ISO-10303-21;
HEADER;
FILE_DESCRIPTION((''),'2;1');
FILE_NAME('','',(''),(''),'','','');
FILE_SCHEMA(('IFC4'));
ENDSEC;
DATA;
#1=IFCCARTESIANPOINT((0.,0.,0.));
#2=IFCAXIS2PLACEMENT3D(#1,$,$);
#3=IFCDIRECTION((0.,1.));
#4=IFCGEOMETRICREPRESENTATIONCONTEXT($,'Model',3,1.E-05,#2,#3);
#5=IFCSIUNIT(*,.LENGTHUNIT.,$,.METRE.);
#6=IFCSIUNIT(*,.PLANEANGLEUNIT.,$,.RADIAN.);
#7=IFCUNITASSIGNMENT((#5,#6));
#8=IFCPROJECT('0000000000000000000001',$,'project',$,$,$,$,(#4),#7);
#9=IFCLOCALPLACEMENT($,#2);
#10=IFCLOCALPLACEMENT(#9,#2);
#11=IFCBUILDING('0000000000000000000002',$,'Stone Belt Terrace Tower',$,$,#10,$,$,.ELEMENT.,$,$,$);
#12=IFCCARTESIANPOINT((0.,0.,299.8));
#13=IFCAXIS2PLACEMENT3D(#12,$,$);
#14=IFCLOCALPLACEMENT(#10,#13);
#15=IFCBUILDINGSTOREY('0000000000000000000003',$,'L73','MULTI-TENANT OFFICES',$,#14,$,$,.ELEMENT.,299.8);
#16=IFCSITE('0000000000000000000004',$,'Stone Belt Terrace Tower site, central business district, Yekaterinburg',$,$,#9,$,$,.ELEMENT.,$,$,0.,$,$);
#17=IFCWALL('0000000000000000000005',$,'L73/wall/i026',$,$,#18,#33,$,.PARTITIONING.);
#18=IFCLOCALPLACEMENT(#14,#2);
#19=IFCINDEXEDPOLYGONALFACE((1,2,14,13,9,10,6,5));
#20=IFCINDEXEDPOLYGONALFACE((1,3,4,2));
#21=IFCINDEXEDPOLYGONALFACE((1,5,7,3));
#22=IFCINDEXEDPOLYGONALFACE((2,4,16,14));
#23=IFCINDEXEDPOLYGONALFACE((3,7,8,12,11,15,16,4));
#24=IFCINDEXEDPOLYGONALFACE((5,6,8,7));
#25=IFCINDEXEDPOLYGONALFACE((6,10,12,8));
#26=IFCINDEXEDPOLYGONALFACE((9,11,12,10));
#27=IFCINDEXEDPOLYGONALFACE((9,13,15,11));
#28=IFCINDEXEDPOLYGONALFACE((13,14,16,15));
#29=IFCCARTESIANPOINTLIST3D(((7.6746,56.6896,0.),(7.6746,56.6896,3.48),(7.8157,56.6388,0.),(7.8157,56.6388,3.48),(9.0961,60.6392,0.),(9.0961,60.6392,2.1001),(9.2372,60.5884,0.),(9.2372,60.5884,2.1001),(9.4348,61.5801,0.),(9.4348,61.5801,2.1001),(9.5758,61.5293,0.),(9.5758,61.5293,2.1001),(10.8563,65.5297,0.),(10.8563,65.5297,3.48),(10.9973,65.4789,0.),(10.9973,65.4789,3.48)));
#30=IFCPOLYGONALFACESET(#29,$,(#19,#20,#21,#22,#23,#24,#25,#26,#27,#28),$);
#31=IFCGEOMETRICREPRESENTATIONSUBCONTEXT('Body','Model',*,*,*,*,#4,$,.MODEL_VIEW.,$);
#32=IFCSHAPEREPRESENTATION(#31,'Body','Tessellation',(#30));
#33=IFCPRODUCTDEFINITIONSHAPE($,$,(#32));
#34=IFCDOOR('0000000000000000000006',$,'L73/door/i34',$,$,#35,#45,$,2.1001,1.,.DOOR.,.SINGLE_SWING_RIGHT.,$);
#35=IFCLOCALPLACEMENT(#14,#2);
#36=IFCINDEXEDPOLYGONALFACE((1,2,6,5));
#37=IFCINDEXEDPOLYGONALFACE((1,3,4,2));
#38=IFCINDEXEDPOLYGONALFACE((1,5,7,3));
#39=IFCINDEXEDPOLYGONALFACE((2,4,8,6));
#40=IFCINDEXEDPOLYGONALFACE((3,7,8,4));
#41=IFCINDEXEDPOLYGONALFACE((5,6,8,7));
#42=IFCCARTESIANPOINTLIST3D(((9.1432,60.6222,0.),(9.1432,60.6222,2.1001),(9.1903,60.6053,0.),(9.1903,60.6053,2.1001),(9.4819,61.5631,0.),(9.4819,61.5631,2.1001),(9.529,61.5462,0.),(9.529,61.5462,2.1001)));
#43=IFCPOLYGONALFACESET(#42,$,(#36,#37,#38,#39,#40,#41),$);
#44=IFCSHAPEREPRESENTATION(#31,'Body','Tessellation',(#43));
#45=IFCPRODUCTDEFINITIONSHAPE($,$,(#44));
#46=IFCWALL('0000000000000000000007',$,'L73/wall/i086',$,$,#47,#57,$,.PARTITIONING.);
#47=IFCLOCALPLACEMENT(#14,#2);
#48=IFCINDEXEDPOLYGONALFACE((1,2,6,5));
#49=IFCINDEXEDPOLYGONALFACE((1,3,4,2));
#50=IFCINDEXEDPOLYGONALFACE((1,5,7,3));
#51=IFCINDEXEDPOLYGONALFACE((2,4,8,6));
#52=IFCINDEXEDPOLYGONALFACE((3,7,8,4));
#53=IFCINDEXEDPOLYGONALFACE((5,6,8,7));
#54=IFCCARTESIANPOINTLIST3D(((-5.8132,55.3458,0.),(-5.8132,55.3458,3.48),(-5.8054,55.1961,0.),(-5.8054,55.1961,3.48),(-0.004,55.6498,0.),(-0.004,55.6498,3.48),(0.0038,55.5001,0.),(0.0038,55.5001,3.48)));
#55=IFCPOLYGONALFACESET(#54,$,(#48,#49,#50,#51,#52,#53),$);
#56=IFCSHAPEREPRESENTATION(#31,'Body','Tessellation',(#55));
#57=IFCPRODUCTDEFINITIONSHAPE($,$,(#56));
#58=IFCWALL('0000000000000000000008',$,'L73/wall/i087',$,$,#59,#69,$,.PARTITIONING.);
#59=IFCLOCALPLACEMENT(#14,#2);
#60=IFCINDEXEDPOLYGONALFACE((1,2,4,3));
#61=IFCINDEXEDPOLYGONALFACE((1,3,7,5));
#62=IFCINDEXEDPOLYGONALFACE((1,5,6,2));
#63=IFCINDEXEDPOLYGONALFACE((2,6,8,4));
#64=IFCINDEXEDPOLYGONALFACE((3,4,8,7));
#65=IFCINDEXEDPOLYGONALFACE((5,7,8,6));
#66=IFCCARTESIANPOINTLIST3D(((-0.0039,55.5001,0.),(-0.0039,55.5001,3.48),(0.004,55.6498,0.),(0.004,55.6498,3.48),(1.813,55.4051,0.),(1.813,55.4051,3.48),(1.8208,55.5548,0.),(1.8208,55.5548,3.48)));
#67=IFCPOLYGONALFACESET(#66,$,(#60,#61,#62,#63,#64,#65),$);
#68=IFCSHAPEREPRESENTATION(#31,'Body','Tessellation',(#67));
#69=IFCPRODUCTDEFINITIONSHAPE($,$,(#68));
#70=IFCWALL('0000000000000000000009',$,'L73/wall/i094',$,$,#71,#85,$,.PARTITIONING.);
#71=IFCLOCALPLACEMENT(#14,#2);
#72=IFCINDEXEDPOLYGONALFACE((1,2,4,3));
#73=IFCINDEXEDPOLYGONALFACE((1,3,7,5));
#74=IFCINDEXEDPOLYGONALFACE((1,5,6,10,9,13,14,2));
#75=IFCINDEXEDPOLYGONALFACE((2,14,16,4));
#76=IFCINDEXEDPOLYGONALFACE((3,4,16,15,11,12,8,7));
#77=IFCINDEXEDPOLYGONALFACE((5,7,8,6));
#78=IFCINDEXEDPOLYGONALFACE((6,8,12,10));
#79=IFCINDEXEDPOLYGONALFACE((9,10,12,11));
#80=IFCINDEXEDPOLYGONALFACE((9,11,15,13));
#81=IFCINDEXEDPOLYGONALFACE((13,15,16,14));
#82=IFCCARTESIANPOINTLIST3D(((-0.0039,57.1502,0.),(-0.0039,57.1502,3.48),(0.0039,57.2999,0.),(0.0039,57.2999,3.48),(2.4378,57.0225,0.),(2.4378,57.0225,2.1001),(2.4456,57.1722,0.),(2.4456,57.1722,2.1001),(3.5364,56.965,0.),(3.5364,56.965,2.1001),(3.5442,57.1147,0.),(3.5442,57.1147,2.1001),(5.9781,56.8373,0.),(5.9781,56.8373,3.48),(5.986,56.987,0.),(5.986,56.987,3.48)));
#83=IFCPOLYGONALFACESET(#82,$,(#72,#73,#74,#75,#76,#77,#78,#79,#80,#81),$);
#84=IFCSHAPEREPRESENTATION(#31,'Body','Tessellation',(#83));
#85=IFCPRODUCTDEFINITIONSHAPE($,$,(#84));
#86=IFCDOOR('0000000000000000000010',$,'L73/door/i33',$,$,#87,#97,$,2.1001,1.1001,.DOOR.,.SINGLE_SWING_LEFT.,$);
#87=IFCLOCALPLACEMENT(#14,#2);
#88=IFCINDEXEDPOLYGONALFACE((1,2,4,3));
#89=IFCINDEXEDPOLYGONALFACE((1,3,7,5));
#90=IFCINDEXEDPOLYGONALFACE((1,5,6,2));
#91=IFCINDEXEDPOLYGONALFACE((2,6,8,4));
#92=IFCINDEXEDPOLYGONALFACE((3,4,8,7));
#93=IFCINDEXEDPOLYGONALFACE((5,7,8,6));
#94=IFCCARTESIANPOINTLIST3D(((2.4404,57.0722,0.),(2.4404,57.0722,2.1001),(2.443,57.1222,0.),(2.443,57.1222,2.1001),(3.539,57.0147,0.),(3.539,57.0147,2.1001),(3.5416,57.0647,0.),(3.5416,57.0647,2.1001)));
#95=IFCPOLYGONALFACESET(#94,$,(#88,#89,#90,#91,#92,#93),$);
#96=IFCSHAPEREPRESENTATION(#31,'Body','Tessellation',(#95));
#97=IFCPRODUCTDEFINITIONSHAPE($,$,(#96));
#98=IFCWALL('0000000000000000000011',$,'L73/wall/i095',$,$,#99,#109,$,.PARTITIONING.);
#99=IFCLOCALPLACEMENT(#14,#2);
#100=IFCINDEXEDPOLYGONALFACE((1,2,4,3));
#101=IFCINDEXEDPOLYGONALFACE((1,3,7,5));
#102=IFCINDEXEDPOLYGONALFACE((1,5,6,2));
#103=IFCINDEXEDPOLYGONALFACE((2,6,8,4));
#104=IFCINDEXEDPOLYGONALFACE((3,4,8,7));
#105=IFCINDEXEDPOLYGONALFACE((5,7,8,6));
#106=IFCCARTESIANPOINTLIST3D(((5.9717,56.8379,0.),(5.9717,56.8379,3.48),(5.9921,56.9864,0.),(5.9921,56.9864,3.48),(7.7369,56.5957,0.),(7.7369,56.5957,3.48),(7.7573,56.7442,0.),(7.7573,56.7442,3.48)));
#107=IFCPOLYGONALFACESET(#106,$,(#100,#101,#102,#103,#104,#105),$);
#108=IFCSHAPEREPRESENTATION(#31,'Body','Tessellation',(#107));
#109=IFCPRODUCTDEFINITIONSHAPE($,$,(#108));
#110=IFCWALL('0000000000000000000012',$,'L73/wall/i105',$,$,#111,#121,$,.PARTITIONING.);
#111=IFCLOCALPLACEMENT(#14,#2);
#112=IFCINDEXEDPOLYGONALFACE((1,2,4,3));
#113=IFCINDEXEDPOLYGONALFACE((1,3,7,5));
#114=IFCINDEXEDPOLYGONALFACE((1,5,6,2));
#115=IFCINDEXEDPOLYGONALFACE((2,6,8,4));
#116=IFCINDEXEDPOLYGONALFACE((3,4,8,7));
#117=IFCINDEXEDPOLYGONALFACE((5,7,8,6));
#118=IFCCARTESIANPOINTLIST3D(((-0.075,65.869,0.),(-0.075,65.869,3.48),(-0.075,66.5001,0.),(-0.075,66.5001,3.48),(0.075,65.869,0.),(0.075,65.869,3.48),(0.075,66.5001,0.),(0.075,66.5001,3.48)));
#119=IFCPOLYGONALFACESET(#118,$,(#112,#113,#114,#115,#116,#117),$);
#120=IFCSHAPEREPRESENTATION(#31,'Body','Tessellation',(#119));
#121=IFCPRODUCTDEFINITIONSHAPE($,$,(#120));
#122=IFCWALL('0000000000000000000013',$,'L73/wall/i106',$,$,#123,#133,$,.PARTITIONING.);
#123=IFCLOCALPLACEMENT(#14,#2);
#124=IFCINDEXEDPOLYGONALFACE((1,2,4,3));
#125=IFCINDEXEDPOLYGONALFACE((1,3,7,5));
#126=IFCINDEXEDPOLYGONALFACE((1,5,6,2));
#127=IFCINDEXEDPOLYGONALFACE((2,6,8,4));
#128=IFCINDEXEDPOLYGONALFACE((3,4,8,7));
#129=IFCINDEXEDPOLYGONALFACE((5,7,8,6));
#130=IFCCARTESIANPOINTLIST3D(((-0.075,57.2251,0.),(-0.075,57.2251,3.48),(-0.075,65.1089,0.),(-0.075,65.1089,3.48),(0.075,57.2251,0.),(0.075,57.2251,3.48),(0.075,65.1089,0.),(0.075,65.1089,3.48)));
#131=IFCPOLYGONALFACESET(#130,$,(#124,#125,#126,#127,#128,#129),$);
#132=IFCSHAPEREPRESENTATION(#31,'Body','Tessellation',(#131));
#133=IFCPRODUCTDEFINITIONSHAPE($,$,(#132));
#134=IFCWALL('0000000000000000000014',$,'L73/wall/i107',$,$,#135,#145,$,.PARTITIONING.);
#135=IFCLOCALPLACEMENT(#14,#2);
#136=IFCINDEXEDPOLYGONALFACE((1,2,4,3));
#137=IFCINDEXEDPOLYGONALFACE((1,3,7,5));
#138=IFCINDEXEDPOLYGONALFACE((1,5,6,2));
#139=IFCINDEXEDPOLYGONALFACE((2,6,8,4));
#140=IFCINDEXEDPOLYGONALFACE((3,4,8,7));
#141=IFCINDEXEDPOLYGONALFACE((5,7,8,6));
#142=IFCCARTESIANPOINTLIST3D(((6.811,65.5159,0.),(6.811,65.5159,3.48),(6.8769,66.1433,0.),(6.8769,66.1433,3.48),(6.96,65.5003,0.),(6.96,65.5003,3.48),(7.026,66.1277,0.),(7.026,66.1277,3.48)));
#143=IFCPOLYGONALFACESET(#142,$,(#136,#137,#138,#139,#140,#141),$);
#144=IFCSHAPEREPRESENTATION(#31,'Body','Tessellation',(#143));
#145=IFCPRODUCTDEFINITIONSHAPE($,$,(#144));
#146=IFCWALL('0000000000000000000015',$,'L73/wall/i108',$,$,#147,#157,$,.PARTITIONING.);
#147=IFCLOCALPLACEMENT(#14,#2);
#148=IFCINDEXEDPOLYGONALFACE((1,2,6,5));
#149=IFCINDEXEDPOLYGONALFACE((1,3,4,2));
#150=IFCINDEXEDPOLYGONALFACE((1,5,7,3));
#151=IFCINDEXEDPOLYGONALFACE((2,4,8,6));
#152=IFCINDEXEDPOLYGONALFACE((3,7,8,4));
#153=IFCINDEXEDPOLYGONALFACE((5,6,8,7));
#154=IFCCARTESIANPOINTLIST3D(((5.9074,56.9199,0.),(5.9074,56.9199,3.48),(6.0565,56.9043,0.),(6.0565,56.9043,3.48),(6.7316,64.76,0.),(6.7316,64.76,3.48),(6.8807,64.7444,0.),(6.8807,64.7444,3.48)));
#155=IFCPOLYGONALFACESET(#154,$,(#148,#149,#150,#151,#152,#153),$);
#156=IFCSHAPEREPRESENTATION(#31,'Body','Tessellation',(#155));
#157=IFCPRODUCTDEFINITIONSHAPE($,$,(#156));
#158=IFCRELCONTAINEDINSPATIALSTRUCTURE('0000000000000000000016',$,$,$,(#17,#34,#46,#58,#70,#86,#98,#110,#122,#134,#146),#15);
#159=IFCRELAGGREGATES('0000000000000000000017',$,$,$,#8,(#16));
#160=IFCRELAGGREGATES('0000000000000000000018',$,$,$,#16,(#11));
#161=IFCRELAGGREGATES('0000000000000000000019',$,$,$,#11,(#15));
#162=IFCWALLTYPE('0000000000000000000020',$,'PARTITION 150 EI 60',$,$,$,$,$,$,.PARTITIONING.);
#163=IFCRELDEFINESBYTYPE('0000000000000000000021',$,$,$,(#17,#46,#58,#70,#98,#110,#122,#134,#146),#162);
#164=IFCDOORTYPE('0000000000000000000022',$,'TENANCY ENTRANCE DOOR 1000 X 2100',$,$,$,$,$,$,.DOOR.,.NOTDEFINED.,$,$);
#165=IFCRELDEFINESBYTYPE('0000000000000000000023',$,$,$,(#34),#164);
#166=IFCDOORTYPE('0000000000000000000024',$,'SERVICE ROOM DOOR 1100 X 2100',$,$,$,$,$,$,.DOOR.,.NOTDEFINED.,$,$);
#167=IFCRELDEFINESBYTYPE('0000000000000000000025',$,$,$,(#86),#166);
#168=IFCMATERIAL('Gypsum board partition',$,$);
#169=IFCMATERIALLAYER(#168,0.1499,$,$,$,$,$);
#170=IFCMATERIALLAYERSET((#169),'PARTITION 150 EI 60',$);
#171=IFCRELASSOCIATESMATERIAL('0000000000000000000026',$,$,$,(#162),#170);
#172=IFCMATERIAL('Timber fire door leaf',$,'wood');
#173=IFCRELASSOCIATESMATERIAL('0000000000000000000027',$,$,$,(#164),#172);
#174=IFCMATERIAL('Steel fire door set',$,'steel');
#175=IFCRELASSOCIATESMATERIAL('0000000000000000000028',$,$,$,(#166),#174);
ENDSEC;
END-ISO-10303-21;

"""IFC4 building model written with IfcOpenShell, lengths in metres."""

from ifc_helpers import new_model, si_unit, direction, frame, frame_2d, origin, place, context, subcontext, project, spatial, rectangle, extrude, material, layer, layer_set, type_object, element, fill, save


model = new_model("IFC4")

# Units and contexts
model_context = context("Model", 3, precision=1e-05, world=origin(), true_north=direction((0.0, 1.0)))
body_context = subcontext(model_context, "Body", "Model", "MODEL_VIEW")
ifc_project = project(units=[si_unit("LENGTHUNIT", "METRE"), si_unit("PLANEANGLEUNIT", "RADIAN")], contexts=[model_context])

# Site, building, storey
site_placement = place(None, origin())
site = spatial("IfcSite", under=ifc_project, at=site_placement, Name="Stone Belt Terrace Tower site, central business district, Yekaterinburg", CompositionType="ELEMENT", RefElevation=0.0)
building_placement = place(site_placement, origin())
building = spatial("IfcBuilding", under=site, at=building_placement, Name="Stone Belt Terrace Tower", CompositionType="ELEMENT")
storey_placement = place(building_placement, frame((0.0, 0.0, 299.8)))
storey = spatial("IfcBuildingStorey", under=building, at=storey_placement, Name="L73", Description="MULTI-TENANT OFFICES", CompositionType="ELEMENT", Elevation=299.8)

# Wall, opening, door
ifc_material_1 = material(Name="Gypsum board partition")
ifc_layer_1 = layer(ifc_material_1, 0.1499)
ifc_layer_set_1 = layer_set([ifc_layer_1], Name="PARTITION 150 EI 60")
wall_type_1 = type_object("IfcWallType", Name="PARTITION 150 EI 60", PredefinedType="PARTITIONING", material=ifc_layer_set_1)
wall_1_placement = place(storey_placement, frame((7.7451, 56.6641, 0.0), z_axis=(0.0, 0.0, 1.0), x_axis=(0.338645, 0.940914, 0.0)))
wall_1 = element("IfcWall", 1, at=wall_1_placement, inside=storey, type_object=wall_type_1, Name="L73/wall/i026", PredefinedType="PARTITIONING", context=body_context, shape_type="SweptSolid", body=[
    extrude(rectangle(XDim=9.3953, YDim=0.1499, at=frame_2d((4.6978, 0.0))), origin(), (0.0, 0.0, 1.0), 3.48),
])
opening_1_placement = place(wall_1_placement, frame((4.1978, 0.0, 0.0)))
opening_1 = element("IfcOpeningElement", 2, at=opening_1_placement, cuts=wall_1, PredefinedType="OPENING", context=body_context, shape_type="SweptSolid", body=[
    extrude(rectangle(XDim=1.0, YDim=2.1001, at=frame_2d((0.5, 1.05))), frame((0.0, 0.085, 0.0), z_axis=(0.0, -1.0, 0.0), x_axis=(1.0, 0.0, 0.0)), (0.0, 0.0, 1.0), 0.1699),
])
ifc_material_2 = material(Name="Timber fire door leaf", Category="wood")
door_type_1 = type_object("IfcDoorType", Name="TENANCY ENTRANCE DOOR 1000 X 2100", OperationType="NOTDEFINED", PredefinedType="DOOR", material=ifc_material_2)
door_1_placement = place(opening_1_placement, origin())
door_1 = element("IfcDoor", 3, at=door_1_placement, inside=storey, type_object=door_type_1, Name="L73/door/i34", OperationType="SINGLE_SWING_RIGHT", OverallHeight=2.1001, OverallWidth=1.0, PredefinedType="DOOR", context=body_context, shape_type="SweptSolid", body=[
    extrude(rectangle(XDim=1.0, YDim=2.1001, at=frame_2d((0.5, 1.05))), frame((0.0, 0.0249, 0.0), z_axis=(0.0, -1.0, 0.0), x_axis=(1.0, 0.0, 0.0)), (0.0, 0.0, 1.0), 0.05),
])
fill(opening_1, door_1)

# Walls
wall_2_placement = place(storey_placement, frame((0.0, 55.575, 0.0), z_axis=(0.0, 0.0, 1.0), x_axis=(-0.998634, -0.052253, 0.0)))
element("IfcWall", 4, at=wall_2_placement, inside=storey, type_object=wall_type_1, Name="L73/wall/i086", PredefinedType="PARTITIONING", context=body_context, shape_type="SweptSolid", body=[
    extrude(rectangle(XDim=5.8171, YDim=0.1499, at=frame_2d((2.9087, 0.0))), origin(), (0.0, 0.0, 1.0), 3.48),
])
wall_3_placement = place(storey_placement, frame((1.8169, 55.48, 0.0), z_axis=(0.0, 0.0, 1.0), x_axis=(-0.998637, 0.0522, 0.0)))
element("IfcWall", 5, at=wall_3_placement, inside=storey, type_object=wall_type_1, Name="L73/wall/i087", PredefinedType="PARTITIONING", context=body_context, shape_type="SweptSolid", body=[
    extrude(rectangle(XDim=1.8193, YDim=0.1499, at=frame_2d((0.9097, 0.0))), origin(), (0.0, 0.0, 1.0), 3.48),
])

# Wall, opening, door
wall_4_placement = place(storey_placement, frame((0.0, 57.2251, 0.0), z_axis=(0.0, 0.0, 1.0), x_axis=(0.998634, -0.052251, 0.0)))
wall_4 = element("IfcWall", 6, at=wall_4_placement, inside=storey, type_object=wall_type_1, Name="L73/wall/i094", PredefinedType="PARTITIONING", context=body_context, shape_type="SweptSolid", body=[
    extrude(rectangle(XDim=5.9902, YDim=0.1499, at=frame_2d((2.9951, 0.0))), origin(), (0.0, 0.0, 1.0), 3.48),
])
opening_2_placement = place(wall_4_placement, frame((2.4451, 0.0, 0.0)))
opening_2 = element("IfcOpeningElement", 7, at=opening_2_placement, cuts=wall_4, PredefinedType="OPENING", context=body_context, shape_type="SweptSolid", body=[
    extrude(rectangle(XDim=1.1001, YDim=2.1001, at=frame_2d((0.55, 1.05))), frame((0.0, 0.085, 0.0), z_axis=(0.0, -1.0, 0.0), x_axis=(1.0, 0.0, 0.0)), (0.0, 0.0, 1.0), 0.1699),
])
ifc_material_3 = material(Name="Steel fire door set", Category="steel")
door_type_2 = type_object("IfcDoorType", Name="SERVICE ROOM DOOR 1100 X 2100", OperationType="NOTDEFINED", PredefinedType="DOOR", material=ifc_material_3)
door_2_placement = place(opening_2_placement, origin())
door_2 = element("IfcDoor", 8, at=door_2_placement, inside=storey, type_object=door_type_2, Name="L73/door/i33", OperationType="SINGLE_SWING_LEFT", OverallHeight=2.1001, OverallWidth=1.1001, PredefinedType="DOOR", context=body_context, shape_type="SweptSolid", body=[
    extrude(rectangle(XDim=1.1001, YDim=2.1001, at=frame_2d((0.55, 1.05))), frame((0.0, 0.0249, 0.0), z_axis=(0.0, -1.0, 0.0), x_axis=(1.0, 0.0, 0.0)), (0.0, 0.0, 1.0), 0.05),
])
fill(opening_2, door_2)

# Walls
wall_5_placement = place(storey_placement, frame((5.9819, 56.9121, 0.0), z_axis=(0.0, 0.0, 1.0), x_axis=(0.990718, -0.135933, 0.0)))
element("IfcWall", 9, at=wall_5_placement, inside=storey, type_object=wall_type_1, Name="L73/wall/i095", PredefinedType="PARTITIONING", context=body_context, shape_type="SweptSolid", body=[
    extrude(rectangle(XDim=1.7817, YDim=0.1499, at=frame_2d((0.8909, 0.0))), origin(), (0.0, 0.0, 1.0), 3.48),
])
wall_6_placement = place(storey_placement, frame((0.0, 66.5, 0.0), z_axis=(0.0, 0.0, 1.0), x_axis=(0.0, -1.0, 0.0)))
element("IfcWall", 10, at=wall_6_placement, inside=storey, type_object=wall_type_1, Name="L73/wall/i105", PredefinedType="PARTITIONING", context=body_context, shape_type="SweptSolid", body=[
    extrude(rectangle(XDim=0.6311, YDim=0.1499, at=frame_2d((0.3154, 0.0))), origin(), (0.0, 0.0, 1.0), 3.48),
])
wall_7_placement = place(storey_placement, frame((0.0, 65.1089, 0.0), z_axis=(0.0, 0.0, 1.0), x_axis=(0.0, -1.0, 0.0)))
element("IfcWall", 11, at=wall_7_placement, inside=storey, type_object=wall_type_1, Name="L73/wall/i106", PredefinedType="PARTITIONING", context=body_context, shape_type="SweptSolid", body=[
    extrude(rectangle(XDim=7.8838, YDim=0.1499, at=frame_2d((3.9419, 0.0))), origin(), (0.0, 0.0, 1.0), 3.48),
])
wall_8_placement = place(storey_placement, frame((6.9514, 66.1355, 0.0), z_axis=(0.0, 0.0, 1.0), x_axis=(-0.104483, -0.994527, 0.0)))
element("IfcWall", 12, at=wall_8_placement, inside=storey, type_object=wall_type_1, Name="L73/wall/i107", PredefinedType="PARTITIONING", context=body_context, shape_type="SweptSolid", body=[
    extrude(rectangle(XDim=0.6309, YDim=0.1499, at=frame_2d((0.3154, 0.0))), origin(), (0.0, 0.0, 1.0), 3.48),
])
wall_9_placement = place(storey_placement, frame((6.8062, 64.7522, 0.0), z_axis=(0.0, 0.0, 1.0), x_axis=(-0.104553, -0.994519, 0.0)))
element("IfcWall", 13, at=wall_9_placement, inside=storey, type_object=wall_type_1, Name="L73/wall/i108", PredefinedType="PARTITIONING", context=body_context, shape_type="SweptSolid", body=[
    extrude(rectangle(XDim=7.8833, YDim=0.1499, at=frame_2d((3.9417, 0.0))), origin(), (0.0, 0.0, 1.0), 3.48),
])

save(model, "model.ifc")
